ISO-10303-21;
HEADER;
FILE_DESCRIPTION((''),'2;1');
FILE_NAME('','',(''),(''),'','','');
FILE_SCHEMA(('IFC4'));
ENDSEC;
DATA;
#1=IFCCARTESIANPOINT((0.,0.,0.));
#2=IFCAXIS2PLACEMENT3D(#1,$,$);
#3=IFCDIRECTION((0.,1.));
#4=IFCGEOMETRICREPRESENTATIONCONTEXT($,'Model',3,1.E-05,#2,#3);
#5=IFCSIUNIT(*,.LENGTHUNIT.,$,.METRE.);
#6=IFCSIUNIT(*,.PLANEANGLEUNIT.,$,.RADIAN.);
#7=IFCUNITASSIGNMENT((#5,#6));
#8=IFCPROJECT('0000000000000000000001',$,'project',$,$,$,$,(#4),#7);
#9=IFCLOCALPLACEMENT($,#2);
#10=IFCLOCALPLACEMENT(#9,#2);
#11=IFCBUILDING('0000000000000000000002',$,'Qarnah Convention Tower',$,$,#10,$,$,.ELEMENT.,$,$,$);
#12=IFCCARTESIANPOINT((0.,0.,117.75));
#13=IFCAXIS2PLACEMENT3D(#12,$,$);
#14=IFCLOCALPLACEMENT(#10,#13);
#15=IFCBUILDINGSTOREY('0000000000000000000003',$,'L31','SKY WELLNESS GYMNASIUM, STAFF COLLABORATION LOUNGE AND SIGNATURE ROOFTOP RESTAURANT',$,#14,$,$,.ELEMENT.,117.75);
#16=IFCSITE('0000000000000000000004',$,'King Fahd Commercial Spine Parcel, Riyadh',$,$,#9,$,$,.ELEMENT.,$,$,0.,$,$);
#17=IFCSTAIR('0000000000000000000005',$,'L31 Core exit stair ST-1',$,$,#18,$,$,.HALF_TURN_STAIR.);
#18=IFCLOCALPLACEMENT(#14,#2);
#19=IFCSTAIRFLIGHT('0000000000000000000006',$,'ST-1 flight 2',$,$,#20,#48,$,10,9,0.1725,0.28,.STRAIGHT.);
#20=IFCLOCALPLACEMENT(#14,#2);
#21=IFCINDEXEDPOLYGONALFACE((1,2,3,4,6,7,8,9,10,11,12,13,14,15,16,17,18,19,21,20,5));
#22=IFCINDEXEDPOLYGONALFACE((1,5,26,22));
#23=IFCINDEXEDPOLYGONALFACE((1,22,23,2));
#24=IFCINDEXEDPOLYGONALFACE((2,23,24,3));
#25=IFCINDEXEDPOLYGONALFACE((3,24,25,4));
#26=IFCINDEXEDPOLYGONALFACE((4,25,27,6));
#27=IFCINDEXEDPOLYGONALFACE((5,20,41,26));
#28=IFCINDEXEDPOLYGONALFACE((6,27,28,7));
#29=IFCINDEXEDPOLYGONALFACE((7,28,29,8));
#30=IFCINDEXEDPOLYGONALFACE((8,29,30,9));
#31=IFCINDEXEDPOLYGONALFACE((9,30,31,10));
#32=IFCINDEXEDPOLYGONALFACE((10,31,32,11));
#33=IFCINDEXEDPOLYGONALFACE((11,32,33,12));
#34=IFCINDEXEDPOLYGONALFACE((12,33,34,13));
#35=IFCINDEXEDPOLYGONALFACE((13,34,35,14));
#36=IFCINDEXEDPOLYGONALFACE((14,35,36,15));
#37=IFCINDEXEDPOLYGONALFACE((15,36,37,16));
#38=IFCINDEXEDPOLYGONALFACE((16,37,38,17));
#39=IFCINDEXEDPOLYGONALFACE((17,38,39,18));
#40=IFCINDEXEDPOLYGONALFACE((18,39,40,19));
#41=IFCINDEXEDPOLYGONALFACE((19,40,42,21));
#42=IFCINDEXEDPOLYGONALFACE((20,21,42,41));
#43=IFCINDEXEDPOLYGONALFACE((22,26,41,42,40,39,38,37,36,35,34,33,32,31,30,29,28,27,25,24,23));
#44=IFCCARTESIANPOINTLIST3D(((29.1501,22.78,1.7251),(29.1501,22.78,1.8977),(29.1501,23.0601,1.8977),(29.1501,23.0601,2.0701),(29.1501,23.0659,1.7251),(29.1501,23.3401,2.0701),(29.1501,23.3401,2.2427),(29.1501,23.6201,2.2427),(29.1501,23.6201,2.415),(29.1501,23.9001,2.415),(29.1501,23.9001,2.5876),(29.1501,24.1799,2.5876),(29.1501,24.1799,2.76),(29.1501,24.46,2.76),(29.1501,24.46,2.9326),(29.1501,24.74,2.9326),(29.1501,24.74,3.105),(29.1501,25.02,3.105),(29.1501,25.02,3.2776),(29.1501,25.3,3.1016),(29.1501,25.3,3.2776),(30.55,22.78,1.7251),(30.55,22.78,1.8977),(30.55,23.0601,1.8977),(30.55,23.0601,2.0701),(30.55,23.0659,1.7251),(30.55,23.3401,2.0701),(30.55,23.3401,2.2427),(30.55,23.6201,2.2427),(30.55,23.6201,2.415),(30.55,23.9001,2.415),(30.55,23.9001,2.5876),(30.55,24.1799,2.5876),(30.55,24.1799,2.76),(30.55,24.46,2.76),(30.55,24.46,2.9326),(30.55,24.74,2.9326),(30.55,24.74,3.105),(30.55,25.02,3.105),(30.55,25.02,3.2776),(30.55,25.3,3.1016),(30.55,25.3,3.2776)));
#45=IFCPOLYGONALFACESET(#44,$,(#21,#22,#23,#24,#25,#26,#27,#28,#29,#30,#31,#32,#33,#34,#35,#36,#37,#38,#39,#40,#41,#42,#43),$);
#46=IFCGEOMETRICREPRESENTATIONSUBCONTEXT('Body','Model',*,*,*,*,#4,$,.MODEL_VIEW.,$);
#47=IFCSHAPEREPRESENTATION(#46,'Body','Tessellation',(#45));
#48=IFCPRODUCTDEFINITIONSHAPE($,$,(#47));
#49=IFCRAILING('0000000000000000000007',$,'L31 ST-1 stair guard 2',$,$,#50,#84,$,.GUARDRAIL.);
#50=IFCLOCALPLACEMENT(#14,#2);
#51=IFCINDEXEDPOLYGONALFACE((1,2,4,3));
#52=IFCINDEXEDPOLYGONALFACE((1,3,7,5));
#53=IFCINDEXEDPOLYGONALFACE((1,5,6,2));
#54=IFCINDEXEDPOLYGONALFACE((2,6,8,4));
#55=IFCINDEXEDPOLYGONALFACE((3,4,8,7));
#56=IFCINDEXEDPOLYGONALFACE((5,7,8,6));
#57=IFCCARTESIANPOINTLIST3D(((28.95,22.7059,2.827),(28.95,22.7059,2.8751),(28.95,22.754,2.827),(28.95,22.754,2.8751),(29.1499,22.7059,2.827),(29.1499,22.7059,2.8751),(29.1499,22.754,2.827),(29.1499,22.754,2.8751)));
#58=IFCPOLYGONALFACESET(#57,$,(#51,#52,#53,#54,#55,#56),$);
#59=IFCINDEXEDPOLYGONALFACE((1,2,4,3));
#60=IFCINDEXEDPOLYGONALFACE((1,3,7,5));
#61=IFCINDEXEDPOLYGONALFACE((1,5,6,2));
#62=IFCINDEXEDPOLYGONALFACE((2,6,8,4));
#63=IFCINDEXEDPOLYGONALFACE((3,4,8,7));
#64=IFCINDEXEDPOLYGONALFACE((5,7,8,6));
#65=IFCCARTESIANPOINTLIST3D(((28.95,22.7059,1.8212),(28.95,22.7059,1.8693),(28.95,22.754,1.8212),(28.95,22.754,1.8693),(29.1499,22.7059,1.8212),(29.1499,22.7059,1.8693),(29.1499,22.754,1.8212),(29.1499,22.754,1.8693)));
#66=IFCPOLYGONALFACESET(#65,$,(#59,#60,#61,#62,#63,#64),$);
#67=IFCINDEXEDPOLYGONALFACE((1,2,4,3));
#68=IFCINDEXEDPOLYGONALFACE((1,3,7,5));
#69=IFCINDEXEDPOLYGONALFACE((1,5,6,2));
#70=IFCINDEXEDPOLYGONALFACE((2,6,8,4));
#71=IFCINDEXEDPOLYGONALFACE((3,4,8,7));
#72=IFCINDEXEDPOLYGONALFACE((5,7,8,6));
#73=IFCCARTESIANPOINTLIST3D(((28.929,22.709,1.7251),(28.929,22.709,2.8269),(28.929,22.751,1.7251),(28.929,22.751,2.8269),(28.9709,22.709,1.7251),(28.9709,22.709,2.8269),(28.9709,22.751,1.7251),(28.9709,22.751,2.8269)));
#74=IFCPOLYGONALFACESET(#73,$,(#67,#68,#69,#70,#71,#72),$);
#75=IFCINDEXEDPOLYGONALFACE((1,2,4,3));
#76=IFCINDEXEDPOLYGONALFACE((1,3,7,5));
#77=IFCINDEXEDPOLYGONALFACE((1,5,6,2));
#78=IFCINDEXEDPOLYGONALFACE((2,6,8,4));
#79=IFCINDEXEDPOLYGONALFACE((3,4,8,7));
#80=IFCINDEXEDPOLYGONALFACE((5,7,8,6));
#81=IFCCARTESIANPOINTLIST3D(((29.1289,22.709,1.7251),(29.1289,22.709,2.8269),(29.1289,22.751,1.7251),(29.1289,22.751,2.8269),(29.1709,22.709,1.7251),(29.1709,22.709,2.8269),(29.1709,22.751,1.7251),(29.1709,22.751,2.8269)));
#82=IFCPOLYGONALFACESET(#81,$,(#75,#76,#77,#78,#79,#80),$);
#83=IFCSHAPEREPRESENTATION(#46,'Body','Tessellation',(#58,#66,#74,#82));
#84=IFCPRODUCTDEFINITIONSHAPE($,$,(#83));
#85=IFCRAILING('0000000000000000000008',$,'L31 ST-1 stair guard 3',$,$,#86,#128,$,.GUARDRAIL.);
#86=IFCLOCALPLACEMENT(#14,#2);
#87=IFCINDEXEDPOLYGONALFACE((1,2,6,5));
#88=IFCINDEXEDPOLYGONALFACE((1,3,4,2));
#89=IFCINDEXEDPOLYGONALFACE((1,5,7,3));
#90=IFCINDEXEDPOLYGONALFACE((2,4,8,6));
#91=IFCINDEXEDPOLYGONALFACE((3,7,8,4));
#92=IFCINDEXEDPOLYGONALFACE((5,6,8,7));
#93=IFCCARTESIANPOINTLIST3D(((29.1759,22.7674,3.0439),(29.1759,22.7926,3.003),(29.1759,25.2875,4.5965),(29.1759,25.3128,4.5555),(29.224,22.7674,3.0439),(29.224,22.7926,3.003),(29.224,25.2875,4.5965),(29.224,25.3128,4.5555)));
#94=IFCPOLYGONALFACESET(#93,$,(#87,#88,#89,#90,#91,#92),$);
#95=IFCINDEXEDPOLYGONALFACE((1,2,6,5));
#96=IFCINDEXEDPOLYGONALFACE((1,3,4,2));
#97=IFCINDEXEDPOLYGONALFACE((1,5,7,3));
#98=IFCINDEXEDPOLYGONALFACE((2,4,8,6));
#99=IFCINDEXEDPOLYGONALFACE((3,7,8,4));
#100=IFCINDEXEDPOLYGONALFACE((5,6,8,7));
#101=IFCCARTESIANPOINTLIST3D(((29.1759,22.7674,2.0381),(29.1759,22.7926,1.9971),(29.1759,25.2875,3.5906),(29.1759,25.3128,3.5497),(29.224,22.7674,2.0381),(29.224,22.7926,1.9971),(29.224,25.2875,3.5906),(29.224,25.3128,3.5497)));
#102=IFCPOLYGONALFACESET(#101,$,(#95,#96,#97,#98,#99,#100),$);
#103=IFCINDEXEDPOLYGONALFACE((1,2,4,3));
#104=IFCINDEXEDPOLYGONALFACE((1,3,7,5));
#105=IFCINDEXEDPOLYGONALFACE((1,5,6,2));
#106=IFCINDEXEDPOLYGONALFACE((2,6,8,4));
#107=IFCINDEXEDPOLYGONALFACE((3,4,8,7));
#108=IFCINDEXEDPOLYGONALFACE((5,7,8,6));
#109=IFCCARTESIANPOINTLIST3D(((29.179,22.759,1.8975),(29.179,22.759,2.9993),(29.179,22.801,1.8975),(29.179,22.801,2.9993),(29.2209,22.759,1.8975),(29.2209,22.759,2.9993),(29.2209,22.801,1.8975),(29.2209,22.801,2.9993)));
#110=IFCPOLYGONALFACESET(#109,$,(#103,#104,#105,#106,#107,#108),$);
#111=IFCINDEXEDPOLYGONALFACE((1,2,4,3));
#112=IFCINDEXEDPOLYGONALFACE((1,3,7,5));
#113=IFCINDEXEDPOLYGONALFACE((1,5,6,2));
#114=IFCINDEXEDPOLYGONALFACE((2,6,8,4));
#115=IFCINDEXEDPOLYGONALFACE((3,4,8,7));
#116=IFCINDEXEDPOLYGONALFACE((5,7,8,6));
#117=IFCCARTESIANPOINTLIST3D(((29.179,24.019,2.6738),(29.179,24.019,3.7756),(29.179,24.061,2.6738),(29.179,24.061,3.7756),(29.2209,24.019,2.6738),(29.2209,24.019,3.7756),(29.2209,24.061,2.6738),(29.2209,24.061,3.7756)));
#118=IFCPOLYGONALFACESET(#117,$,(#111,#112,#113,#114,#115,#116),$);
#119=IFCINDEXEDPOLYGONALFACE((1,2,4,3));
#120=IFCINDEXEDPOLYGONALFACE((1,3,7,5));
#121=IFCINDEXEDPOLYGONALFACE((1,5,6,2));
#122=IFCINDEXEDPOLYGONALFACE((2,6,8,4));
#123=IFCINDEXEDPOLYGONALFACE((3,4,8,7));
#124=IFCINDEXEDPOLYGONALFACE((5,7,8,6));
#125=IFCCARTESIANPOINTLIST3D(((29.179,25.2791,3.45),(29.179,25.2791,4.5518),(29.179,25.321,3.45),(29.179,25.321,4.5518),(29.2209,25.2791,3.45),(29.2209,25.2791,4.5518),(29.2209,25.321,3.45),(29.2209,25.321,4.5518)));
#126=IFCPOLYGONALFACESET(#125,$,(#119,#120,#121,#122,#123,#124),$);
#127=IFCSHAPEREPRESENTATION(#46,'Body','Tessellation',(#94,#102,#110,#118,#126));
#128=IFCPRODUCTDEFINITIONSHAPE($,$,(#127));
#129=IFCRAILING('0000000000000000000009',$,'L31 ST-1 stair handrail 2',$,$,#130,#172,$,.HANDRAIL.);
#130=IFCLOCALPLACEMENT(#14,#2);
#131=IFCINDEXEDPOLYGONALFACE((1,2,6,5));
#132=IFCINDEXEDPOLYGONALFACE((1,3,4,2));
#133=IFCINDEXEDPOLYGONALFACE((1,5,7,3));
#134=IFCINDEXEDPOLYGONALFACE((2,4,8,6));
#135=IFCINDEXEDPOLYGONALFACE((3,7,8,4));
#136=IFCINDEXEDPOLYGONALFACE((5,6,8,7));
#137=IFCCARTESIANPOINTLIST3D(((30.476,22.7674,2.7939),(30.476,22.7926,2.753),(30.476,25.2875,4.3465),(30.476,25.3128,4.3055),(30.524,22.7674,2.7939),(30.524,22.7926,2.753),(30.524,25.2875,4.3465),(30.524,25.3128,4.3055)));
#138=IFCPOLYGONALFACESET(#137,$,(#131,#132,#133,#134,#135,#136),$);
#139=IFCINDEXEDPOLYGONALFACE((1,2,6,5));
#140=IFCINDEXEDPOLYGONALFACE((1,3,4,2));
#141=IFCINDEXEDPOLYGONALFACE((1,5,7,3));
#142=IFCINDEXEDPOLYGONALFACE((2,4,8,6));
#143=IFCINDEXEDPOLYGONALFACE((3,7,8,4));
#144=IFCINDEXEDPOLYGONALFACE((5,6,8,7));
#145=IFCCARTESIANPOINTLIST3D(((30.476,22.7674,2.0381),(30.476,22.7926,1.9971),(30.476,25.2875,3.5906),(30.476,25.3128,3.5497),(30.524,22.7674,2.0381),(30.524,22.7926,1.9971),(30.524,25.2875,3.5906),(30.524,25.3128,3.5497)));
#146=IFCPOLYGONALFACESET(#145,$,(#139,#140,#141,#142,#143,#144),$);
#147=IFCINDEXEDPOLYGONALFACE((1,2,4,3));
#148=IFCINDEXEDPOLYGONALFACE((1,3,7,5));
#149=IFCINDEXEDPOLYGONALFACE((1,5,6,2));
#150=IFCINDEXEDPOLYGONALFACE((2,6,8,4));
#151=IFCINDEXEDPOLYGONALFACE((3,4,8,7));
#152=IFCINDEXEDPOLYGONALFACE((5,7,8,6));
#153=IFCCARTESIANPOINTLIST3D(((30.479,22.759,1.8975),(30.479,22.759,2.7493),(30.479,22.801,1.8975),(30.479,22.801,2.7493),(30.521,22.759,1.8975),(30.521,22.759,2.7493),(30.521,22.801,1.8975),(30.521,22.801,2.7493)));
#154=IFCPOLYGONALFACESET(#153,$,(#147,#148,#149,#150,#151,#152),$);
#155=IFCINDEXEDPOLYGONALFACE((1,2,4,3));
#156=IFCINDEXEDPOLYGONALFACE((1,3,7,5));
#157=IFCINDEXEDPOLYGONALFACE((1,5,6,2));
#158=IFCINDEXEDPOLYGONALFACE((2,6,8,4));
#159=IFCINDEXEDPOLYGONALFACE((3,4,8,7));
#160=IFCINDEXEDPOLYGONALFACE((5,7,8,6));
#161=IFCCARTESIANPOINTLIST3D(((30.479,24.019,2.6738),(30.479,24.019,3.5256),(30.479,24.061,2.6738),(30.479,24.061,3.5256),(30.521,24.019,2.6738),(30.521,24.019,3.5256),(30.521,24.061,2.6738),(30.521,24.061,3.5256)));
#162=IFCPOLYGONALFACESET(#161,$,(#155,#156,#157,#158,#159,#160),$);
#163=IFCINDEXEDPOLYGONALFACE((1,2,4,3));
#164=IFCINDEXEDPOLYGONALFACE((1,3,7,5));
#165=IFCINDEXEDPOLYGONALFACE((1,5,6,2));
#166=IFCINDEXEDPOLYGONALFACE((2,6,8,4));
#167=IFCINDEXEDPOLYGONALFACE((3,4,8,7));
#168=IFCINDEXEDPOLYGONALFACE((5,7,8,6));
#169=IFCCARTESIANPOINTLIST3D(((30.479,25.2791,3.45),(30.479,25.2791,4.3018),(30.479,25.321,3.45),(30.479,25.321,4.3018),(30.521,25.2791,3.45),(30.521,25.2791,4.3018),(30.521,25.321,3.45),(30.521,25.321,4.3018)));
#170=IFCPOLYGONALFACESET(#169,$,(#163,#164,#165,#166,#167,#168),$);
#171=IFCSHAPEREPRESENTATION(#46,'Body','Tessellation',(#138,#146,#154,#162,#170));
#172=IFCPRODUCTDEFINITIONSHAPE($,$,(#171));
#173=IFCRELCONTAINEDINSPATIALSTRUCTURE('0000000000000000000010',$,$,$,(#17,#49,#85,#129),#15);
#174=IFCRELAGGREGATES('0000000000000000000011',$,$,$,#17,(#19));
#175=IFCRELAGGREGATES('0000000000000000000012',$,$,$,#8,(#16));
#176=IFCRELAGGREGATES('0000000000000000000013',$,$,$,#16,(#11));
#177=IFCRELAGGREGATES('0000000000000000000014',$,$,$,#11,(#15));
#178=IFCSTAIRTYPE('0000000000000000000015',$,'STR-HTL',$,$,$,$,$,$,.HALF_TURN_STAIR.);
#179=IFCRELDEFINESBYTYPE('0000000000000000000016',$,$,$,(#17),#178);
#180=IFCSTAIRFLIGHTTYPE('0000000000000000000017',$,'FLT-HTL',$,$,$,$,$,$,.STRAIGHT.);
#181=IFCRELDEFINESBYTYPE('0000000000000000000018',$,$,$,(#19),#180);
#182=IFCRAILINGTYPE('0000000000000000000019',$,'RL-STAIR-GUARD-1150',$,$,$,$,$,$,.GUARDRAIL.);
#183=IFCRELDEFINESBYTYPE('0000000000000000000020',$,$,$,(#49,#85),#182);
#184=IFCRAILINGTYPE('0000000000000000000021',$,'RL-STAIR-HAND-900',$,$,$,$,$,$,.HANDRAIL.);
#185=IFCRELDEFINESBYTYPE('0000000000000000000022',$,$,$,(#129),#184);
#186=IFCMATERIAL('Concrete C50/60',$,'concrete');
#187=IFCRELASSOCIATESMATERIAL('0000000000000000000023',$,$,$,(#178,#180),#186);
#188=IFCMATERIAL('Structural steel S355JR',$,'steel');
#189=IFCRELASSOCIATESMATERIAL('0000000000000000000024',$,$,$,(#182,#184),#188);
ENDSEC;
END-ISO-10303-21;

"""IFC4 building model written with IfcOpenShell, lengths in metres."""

from ifc_helpers import new_model, si_unit, direction, frame, origin, origin_2d, place, context, subcontext, project, spatial, polyline, rectangle, outline, extrude, material, type_object, element, aggregate, save


model = new_model("IFC4")

# Units and contexts
model_context = context("Model", 3, precision=1e-05, world=origin(), true_north=direction((0.0, 1.0)))
body_context = subcontext(model_context, "Body", "Model", "MODEL_VIEW")
ifc_project = project(units=[si_unit("LENGTHUNIT", "METRE"), si_unit("PLANEANGLEUNIT", "RADIAN")], contexts=[model_context])

# Site, building, storey
site_placement = place(None, origin())
site = spatial("IfcSite", under=ifc_project, at=site_placement, Name="King Fahd Commercial Spine Parcel, Riyadh", CompositionType="ELEMENT", RefElevation=0.0)
building_placement = place(site_placement, origin())
building = spatial("IfcBuilding", under=site, at=building_placement, Name="Qarnah Convention Tower", CompositionType="ELEMENT")
storey_placement = place(building_placement, frame((0.0, 0.0, 117.75)))
storey = spatial("IfcBuildingStorey", under=building, at=storey_placement, Name="L31", Description="SKY WELLNESS GYMNASIUM, STAFF COLLABORATION LOUNGE AND SIGNATURE ROOFTOP RESTAURANT", CompositionType="ELEMENT", Elevation=117.75)

# Shared definitions
ifc_material_1 = material(Name="Structural steel S355JR", Category="steel")

# Stair, stair flight
ifc_material_2 = material(Name="Concrete C50/60", Category="concrete")
stair_type = type_object("IfcStairType", Name="STR-HTL", PredefinedType="HALF_TURN_STAIR", material=ifc_material_2)
stair_placement = place(storey_placement, origin())
stair = element("IfcStair", 1, at=stair_placement, inside=storey, type_object=stair_type, Name="L31 Core exit stair ST-1", PredefinedType="HALF_TURN_STAIR")
stair_flight_type = type_object("IfcStairFlightType", Name="FLT-HTL", PredefinedType="STRAIGHT", material=ifc_material_2)
stair_flight_placement = place(storey_placement, frame((29.8501, 22.78, 1.7251), z_axis=(0.0, 0.0, 1.0), x_axis=(0.0, 1.0, 0.0)))
stair_flight = element("IfcStairFlight", 2, at=stair_flight_placement, type_object=stair_flight_type, Name="ST-1 flight 2", NumberOfRisers=10, NumberOfTreads=9, PredefinedType="STRAIGHT", RiserHeight=0.1725, TreadLength=0.28, context=body_context, shape_type="SweptSolid", body=[
    extrude(outline(polyline([(0.0, 0.0), (0.0, 0.1726), (0.28, 0.1726), (0.28, 0.345), (0.5601, 0.345), (0.5601, 0.5176), (0.8401, 0.5176), (0.8401, 0.6899), (1.1201, 0.6899), (1.1201, 0.8625), (1.3999, 0.8625), (1.3999, 1.0349), (1.6799, 1.0349), (1.6799, 1.2075), (1.96, 1.2075), (1.96, 1.3799), (2.24, 1.3799), (2.24, 1.5525), (2.52, 1.5525), (2.52, 1.7251), (2.52, 1.3765), (0.2859, 0.0), (0.0, 0.0)])), frame((0.0, 0.7, 0.0), z_axis=(0.0, -1.0, 0.0), x_axis=(1.0, 0.0, 0.0)), (0.0, 0.0, 1.0), 1.3999),
])
aggregate(stair, [stair_flight])

# Railings
railing_type_1 = type_object("IfcRailingType", Name="RL-STAIR-GUARD-1150", PredefinedType="GUARDRAIL", material=ifc_material_1)
railing_1_placement = place(storey_placement, frame((28.95, 22.73, 1.7251)))
element("IfcRailing", 3, at=railing_1_placement, inside=storey, type_object=railing_type_1, Name="L31 ST-1 stair guard 2", PredefinedType="GUARDRAIL", context=body_context, shape_type="SweptSolid", body=[
    extrude(rectangle(XDim=0.0481, YDim=0.0481, at=origin_2d()), frame((0.0, 0.0, 1.126), z_axis=(1.0, 0.0, 0.0), x_axis=(0.0, 1.0, 0.0)), (0.0, 0.0, 1.0), 0.2),
    extrude(rectangle(XDim=0.0481, YDim=0.0481, at=origin_2d()), frame((0.0, 0.0, 0.1201), z_axis=(1.0, 0.0, 0.0), x_axis=(0.0, 1.0, 0.0)), (0.0, 0.0, 1.0), 0.2),
    extrude(rectangle(XDim=0.042, YDim=0.042, at=origin_2d()), origin(), (0.0, 0.0, 1.0), 1.1018),
    extrude(rectangle(XDim=0.042, YDim=0.042, at=origin_2d()), frame((0.2, 0.0, 0.0)), (0.0, 0.0, 1.0), 1.1018),
])
railing_2_placement = place(storey_placement, frame((29.2, 22.78, 1.8975)))
element("IfcRailing", 4, at=railing_2_placement, inside=storey, type_object=railing_type_1, Name="L31 ST-1 stair guard 3", PredefinedType="GUARDRAIL", context=body_context, shape_type="SweptSolid", body=[
    extrude(rectangle(XDim=0.0481, YDim=0.0481, at=origin_2d()), frame((0.0, 0.0, 1.126), z_axis=(0.0, 0.8514, 0.524516), x_axis=(-1.0, 0.0, 0.0)), (0.0, 0.0, 1.0), 2.96),
    extrude(rectangle(XDim=0.0481, YDim=0.0481, at=origin_2d()), frame((0.0, 0.0, 0.1201), z_axis=(0.0, 0.8514, 0.524516), x_axis=(-1.0, 0.0, 0.0)), (0.0, 0.0, 1.0), 2.96),
    extrude(rectangle(XDim=0.042, YDim=0.042, at=origin_2d()), origin(), (0.0, 0.0, 1.0), 1.1018),
    extrude(rectangle(XDim=0.042, YDim=0.042, at=origin_2d()), frame((0.0, 1.26, 0.7764)), (0.0, 0.0, 1.0), 1.1018),
    extrude(rectangle(XDim=0.042, YDim=0.042, at=origin_2d()), frame((0.0, 2.52, 1.5525)), (0.0, 0.0, 1.0), 1.1018),
])
railing_type_2 = type_object("IfcRailingType", Name="RL-STAIR-HAND-900", PredefinedType="HANDRAIL", material=ifc_material_1)
railing_3_placement = place(storey_placement, frame((30.5, 22.78, 1.8975)))
element("IfcRailing", 5, at=railing_3_placement, inside=storey, type_object=railing_type_2, Name="L31 ST-1 stair handrail 2", PredefinedType="HANDRAIL", context=body_context, shape_type="SweptSolid", body=[
    extrude(rectangle(XDim=0.0481, YDim=0.0481, at=origin_2d()), frame((0.0, 0.0, 0.876), z_axis=(0.0, 0.8514, 0.524516), x_axis=(-1.0, 0.0, 0.0)), (0.0, 0.0, 1.0), 2.96),
    extrude(rectangle(XDim=0.0481, YDim=0.0481, at=origin_2d()), frame((0.0, 0.0, 0.1201), z_axis=(0.0, 0.8514, 0.524516), x_axis=(-1.0, 0.0, 0.0)), (0.0, 0.0, 1.0), 2.96),
    extrude(rectangle(XDim=0.042, YDim=0.042, at=origin_2d()), origin(), (0.0, 0.0, 1.0), 0.8518),
    extrude(rectangle(XDim=0.042, YDim=0.042, at=origin_2d()), frame((0.0, 1.26, 0.7764)), (0.0, 0.0, 1.0), 0.8518),
    extrude(rectangle(XDim=0.042, YDim=0.042, at=origin_2d()), frame((0.0, 2.52, 1.5525)), (0.0, 0.0, 1.0), 0.8518),
])

save(model, "model.ifc")
